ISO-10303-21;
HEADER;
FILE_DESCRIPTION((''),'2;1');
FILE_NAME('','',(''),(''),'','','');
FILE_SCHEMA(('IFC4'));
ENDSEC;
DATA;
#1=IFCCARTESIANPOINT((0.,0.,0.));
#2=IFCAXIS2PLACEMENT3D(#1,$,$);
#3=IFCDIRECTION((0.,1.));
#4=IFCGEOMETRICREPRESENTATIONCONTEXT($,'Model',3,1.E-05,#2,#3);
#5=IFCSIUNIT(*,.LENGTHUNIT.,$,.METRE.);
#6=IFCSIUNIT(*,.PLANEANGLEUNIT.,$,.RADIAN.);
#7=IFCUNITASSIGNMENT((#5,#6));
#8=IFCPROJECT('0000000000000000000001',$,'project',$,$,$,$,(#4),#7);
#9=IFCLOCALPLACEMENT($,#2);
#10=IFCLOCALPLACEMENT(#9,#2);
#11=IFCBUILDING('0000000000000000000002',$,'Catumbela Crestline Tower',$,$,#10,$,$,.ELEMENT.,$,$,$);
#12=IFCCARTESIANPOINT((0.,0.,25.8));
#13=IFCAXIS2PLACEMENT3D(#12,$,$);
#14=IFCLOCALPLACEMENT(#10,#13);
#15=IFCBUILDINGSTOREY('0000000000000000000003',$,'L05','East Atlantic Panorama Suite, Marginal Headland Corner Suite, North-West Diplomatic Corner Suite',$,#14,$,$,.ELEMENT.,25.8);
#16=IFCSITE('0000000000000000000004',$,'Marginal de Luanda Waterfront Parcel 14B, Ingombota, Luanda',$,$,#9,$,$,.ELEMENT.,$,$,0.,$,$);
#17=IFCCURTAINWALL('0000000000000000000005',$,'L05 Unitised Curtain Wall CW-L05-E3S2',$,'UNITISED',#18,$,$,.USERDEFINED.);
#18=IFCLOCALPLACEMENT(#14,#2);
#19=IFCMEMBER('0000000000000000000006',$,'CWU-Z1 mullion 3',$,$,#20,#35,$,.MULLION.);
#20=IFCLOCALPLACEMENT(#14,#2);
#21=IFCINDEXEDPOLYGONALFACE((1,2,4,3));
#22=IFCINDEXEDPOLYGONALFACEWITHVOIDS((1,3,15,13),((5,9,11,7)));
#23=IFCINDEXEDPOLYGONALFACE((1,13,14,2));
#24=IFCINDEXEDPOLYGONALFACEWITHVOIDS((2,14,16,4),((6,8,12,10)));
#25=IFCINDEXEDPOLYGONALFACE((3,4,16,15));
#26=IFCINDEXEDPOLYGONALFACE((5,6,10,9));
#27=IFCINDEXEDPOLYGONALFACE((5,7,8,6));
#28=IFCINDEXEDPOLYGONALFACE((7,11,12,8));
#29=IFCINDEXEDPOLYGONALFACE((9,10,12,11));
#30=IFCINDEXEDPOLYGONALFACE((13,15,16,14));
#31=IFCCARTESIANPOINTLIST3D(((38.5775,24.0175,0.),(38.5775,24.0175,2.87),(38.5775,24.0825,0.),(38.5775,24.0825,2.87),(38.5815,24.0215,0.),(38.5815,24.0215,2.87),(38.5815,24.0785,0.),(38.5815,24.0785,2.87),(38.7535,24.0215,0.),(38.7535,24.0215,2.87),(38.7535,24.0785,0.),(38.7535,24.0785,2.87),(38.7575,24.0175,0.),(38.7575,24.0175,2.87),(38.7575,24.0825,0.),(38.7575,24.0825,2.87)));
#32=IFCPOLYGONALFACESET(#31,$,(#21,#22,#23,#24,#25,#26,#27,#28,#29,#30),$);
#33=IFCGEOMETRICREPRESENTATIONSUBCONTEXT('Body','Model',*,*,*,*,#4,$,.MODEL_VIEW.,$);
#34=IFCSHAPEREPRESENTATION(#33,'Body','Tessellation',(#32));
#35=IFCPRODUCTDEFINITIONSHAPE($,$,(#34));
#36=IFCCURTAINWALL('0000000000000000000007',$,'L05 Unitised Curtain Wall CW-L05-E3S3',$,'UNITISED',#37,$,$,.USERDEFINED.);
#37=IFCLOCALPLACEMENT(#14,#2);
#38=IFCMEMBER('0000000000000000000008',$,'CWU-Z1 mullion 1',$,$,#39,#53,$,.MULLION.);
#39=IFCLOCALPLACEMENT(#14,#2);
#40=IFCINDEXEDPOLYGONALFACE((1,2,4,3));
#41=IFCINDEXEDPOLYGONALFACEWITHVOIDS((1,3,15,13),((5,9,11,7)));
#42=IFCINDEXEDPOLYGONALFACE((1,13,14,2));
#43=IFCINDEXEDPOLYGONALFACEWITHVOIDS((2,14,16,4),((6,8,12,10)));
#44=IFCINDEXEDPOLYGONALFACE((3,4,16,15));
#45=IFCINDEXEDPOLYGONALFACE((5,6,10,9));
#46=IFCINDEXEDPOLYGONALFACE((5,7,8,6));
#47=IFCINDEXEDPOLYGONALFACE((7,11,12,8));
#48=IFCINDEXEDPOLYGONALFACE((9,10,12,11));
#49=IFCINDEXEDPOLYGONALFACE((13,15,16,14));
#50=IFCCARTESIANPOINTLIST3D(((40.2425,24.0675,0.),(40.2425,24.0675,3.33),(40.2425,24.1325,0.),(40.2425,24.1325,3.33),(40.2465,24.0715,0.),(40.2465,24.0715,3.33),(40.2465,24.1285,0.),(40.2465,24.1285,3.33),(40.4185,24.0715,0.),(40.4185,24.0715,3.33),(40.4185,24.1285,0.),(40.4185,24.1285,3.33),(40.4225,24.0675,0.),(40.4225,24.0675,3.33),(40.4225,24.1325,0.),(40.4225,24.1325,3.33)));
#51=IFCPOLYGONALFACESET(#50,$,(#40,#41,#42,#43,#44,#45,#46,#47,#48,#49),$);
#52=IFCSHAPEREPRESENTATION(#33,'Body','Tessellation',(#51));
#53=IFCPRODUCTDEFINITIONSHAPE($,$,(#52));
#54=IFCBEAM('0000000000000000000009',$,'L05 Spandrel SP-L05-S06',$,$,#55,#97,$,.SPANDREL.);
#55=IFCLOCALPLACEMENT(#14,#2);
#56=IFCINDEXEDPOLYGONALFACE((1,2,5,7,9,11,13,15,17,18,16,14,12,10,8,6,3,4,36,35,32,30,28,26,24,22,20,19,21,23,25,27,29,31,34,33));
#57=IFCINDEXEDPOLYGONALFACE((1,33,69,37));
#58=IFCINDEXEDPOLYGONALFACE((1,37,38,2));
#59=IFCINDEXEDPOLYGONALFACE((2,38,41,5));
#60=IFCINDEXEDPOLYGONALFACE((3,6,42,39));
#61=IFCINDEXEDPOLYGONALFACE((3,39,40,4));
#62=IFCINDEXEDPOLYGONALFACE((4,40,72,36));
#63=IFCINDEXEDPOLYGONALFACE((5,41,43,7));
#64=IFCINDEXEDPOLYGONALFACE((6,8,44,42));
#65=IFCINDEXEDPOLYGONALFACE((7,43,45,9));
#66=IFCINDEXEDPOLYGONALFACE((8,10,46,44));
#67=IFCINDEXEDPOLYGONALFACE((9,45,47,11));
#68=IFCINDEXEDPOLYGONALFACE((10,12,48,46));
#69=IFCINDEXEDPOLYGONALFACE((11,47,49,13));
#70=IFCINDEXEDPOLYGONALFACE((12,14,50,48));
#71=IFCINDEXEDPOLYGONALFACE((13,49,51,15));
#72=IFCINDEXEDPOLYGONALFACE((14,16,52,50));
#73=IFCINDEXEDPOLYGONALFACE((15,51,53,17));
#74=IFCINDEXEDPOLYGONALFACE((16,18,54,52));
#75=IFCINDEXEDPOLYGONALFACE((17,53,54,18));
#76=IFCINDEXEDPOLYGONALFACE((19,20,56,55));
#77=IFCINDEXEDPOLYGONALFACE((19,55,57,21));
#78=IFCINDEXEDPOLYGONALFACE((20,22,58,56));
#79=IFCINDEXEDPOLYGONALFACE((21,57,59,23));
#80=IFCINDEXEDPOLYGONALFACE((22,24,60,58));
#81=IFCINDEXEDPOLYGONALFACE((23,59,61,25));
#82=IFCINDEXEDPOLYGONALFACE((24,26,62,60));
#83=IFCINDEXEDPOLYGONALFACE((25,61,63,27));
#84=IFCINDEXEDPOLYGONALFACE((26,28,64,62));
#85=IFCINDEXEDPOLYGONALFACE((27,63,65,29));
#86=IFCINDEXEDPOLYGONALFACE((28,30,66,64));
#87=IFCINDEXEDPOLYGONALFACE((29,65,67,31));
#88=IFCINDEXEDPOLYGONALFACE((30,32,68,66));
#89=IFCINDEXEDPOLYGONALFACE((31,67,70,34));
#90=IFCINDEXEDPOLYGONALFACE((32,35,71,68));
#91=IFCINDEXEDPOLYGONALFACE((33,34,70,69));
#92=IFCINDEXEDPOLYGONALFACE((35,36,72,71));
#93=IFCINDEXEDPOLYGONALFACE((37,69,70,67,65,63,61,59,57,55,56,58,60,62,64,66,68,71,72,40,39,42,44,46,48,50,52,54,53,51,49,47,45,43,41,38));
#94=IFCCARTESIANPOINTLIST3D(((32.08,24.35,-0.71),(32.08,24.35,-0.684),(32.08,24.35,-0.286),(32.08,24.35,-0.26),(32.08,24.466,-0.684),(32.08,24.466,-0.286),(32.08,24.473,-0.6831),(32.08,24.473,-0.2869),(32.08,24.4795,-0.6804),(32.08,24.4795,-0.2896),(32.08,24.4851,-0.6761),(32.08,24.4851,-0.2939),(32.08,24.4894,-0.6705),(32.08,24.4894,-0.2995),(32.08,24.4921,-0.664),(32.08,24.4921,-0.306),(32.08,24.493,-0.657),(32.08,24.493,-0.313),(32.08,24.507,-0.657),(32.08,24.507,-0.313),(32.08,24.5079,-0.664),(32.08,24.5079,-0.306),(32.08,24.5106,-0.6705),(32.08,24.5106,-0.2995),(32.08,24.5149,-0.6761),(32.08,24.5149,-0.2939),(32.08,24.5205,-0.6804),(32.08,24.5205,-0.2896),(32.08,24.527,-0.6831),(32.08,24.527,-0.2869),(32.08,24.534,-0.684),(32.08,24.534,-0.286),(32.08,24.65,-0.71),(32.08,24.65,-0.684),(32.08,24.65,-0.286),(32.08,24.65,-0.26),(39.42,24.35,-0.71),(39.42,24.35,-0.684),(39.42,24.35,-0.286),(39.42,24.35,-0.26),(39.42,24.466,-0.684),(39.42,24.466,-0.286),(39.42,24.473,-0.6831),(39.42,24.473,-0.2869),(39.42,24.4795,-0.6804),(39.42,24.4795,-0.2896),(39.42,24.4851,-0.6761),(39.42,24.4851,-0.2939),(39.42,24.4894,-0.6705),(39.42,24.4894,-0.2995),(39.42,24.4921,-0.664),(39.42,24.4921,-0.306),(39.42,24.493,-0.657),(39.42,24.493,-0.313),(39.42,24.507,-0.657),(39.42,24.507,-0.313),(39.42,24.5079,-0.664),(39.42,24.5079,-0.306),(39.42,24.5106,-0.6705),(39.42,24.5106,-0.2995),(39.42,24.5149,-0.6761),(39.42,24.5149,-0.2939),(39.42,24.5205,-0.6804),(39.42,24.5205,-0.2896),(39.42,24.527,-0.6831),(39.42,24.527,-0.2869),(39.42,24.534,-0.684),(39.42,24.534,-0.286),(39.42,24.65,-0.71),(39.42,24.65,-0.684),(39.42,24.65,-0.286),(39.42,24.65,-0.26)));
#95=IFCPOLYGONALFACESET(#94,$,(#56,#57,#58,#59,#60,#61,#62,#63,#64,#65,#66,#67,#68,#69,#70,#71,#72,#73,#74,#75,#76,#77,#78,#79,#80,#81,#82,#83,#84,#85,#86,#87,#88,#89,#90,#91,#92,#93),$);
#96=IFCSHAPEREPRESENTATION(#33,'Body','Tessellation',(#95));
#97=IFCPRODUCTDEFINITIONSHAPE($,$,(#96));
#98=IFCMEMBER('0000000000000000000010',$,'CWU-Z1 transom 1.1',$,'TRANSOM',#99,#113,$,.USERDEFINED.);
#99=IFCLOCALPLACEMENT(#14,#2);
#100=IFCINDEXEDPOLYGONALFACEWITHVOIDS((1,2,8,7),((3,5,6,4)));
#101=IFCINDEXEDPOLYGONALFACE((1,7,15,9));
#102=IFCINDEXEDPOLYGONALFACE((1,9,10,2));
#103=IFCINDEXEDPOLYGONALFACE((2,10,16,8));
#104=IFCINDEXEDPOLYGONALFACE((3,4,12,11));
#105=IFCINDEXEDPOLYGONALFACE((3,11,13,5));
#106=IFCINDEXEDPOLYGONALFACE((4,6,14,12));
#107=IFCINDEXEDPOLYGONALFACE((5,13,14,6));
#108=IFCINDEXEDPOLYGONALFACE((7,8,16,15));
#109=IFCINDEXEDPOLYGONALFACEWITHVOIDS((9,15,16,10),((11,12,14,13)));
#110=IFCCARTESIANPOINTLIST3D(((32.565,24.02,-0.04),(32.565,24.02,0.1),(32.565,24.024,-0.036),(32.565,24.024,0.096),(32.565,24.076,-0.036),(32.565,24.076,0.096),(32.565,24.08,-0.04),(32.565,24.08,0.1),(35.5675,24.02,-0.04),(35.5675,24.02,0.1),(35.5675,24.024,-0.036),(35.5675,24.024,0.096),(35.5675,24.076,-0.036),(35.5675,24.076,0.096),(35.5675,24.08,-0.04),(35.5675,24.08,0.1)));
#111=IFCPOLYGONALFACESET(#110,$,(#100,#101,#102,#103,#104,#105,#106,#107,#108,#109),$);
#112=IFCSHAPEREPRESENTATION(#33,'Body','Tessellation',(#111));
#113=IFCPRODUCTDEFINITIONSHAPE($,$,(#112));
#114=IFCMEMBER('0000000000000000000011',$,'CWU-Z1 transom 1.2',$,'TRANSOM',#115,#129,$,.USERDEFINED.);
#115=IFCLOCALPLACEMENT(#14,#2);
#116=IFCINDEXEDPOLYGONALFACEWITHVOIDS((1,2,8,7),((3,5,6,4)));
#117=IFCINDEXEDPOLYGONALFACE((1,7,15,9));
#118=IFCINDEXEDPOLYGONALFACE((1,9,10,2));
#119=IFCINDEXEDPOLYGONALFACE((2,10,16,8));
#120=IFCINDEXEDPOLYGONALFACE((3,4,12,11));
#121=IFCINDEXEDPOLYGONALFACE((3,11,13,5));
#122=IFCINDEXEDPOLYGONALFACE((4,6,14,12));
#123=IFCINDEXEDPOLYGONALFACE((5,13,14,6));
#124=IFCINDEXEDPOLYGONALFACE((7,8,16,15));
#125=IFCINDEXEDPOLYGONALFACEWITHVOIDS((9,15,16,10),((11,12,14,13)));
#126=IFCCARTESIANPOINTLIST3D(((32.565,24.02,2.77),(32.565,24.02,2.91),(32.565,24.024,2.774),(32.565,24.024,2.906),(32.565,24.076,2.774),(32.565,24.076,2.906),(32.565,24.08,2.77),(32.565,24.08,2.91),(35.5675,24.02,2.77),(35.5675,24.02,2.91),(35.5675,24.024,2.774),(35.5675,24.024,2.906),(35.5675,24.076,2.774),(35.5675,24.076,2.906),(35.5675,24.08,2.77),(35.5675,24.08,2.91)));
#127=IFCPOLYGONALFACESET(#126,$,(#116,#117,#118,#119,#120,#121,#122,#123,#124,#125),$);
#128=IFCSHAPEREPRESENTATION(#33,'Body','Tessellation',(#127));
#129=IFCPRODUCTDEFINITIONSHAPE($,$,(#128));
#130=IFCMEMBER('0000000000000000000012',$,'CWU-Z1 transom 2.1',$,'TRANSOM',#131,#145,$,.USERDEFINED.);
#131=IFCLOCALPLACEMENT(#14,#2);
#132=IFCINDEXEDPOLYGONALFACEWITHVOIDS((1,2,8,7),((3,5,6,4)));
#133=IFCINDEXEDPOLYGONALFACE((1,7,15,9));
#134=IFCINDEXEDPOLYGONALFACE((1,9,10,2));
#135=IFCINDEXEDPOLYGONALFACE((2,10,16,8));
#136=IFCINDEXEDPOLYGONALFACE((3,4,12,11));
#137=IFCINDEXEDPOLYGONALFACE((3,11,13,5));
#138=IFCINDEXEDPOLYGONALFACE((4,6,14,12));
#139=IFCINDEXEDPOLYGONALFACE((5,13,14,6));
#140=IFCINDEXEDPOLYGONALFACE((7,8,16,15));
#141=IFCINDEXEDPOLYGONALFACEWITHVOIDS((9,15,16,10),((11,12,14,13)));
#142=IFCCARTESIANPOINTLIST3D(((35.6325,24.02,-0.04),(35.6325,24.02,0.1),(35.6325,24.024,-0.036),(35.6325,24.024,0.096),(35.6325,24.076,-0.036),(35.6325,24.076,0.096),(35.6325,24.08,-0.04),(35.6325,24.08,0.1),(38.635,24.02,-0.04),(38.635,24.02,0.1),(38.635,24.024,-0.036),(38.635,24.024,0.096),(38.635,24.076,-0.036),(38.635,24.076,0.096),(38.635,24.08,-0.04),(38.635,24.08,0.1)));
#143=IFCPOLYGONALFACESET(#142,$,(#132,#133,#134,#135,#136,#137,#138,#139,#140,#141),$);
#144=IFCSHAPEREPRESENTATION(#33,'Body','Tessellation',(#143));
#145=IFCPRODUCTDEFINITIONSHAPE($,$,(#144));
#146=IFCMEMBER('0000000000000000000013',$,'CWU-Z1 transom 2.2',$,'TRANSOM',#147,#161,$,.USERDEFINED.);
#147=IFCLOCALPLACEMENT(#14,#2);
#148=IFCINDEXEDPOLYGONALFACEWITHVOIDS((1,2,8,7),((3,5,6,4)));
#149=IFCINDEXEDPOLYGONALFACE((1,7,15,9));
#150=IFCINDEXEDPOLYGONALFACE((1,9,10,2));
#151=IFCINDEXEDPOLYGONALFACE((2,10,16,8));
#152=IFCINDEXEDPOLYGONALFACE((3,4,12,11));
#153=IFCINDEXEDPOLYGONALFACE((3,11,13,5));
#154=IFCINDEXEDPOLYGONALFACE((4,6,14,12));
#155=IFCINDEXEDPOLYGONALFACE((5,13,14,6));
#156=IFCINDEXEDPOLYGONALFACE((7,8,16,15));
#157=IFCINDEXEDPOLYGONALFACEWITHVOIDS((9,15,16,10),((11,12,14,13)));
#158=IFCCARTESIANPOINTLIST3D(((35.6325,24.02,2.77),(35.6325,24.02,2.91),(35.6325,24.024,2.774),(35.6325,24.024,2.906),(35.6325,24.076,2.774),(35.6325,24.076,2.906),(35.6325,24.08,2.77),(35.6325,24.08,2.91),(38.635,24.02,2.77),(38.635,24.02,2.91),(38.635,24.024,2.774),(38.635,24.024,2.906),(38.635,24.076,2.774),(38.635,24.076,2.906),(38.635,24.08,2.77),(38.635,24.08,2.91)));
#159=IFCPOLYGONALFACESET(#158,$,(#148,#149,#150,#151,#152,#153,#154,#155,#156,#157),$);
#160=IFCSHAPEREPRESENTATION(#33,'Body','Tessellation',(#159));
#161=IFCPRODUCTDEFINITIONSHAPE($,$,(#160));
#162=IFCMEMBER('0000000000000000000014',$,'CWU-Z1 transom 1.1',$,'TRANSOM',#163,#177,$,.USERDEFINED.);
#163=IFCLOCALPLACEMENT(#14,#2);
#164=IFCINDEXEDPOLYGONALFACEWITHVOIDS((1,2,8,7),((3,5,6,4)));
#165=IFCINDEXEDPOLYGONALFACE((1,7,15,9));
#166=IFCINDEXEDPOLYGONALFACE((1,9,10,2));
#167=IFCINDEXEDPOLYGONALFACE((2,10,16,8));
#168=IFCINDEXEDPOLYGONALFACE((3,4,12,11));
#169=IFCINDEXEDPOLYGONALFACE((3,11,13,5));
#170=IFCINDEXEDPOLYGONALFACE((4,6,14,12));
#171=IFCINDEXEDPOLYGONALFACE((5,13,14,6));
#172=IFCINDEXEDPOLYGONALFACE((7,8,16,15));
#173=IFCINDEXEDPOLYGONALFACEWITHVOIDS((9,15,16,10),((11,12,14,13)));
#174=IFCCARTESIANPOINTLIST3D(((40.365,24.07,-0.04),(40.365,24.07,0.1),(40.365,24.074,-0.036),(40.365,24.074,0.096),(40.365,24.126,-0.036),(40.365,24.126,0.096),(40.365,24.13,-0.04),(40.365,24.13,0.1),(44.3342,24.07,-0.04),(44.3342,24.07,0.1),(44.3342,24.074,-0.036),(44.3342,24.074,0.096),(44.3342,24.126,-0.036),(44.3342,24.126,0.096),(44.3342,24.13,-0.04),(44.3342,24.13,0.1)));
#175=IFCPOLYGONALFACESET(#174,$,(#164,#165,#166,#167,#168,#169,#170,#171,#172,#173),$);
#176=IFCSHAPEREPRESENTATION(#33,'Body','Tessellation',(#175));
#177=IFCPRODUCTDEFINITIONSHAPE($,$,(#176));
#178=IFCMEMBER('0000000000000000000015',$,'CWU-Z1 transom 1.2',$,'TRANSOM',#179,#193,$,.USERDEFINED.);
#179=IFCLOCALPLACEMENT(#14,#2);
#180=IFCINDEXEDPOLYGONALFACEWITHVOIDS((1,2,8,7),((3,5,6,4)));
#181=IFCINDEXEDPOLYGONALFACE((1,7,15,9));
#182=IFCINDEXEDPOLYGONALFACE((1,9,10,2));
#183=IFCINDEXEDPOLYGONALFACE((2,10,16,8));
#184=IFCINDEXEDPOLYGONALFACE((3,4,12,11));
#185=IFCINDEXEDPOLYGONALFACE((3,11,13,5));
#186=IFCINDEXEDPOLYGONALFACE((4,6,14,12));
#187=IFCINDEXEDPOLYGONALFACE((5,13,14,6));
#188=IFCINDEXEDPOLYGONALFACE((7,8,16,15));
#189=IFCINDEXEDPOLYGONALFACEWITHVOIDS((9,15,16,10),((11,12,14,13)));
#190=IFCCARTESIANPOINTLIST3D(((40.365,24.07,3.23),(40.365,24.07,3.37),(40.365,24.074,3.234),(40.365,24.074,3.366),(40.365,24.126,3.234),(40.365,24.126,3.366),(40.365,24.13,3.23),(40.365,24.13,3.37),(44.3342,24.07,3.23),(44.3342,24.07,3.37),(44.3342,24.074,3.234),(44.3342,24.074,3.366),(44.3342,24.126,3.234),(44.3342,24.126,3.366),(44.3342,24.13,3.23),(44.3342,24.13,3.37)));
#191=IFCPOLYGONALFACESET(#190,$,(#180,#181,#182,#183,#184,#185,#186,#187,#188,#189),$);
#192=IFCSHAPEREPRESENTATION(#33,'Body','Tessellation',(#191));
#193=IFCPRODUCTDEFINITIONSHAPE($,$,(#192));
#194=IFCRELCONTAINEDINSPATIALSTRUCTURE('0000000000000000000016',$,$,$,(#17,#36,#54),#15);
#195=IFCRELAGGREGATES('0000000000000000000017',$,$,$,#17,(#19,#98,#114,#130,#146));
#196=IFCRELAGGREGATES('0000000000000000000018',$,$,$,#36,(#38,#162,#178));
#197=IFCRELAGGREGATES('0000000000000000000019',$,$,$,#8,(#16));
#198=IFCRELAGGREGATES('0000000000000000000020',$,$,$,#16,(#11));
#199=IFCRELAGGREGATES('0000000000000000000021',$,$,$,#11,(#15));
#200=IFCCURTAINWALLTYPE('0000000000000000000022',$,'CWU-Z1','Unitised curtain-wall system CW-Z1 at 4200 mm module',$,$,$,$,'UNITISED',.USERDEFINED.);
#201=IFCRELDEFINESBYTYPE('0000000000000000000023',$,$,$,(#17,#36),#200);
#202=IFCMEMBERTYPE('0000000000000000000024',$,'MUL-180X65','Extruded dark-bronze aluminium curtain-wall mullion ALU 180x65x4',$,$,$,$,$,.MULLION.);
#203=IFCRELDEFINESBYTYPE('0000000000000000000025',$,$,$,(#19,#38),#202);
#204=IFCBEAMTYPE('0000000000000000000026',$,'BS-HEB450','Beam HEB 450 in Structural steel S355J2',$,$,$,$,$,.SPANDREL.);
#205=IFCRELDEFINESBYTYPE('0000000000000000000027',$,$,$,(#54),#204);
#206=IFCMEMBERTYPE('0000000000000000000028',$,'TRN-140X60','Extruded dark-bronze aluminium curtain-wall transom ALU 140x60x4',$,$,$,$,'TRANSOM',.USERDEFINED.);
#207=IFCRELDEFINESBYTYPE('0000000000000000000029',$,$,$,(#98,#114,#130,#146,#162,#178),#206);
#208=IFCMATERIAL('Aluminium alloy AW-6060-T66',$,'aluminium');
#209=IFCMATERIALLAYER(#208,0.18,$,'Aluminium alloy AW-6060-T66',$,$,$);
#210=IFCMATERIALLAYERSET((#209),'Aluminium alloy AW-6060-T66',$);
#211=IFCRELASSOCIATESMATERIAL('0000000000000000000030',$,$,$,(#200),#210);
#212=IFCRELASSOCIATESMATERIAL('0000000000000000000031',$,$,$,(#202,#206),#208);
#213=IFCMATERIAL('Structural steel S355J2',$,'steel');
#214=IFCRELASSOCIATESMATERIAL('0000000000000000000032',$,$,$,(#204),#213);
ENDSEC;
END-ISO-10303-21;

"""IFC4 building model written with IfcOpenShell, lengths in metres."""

from ifc_helpers import new_model, si_unit, direction, frame, origin, origin_2d, place, context, subcontext, project, spatial, hollow_rectangle, i_section, extrude, material, layer, layer_set, material_profile, profile_set, type_object, element, aggregate, save


model = new_model("IFC4")

# Units and contexts
model_context = context("Model", 3, precision=1e-05, world=origin(), true_north=direction((0.0, 1.0)))
body_context = subcontext(model_context, "Body", "Model", "MODEL_VIEW")
ifc_project = project(units=[si_unit("LENGTHUNIT", "METRE"), si_unit("PLANEANGLEUNIT", "RADIAN")], contexts=[model_context])

# Site, building, storey
site_placement = place(None, origin())
site = spatial("IfcSite", under=ifc_project, at=site_placement, Name="Marginal de Luanda Waterfront Parcel 14B, Ingombota, Luanda", CompositionType="ELEMENT", RefElevation=0.0)
building_placement = place(site_placement, origin())
building = spatial("IfcBuilding", under=site, at=building_placement, Name="Catumbela Crestline Tower", CompositionType="ELEMENT")
storey_placement = place(building_placement, frame((0.0, 0.0, 25.8)))
storey = spatial("IfcBuildingStorey", under=building, at=storey_placement, Name="L05", Description="East Atlantic Panorama Suite, Marginal Headland Corner Suite, North-West Diplomatic Corner Suite", CompositionType="ELEMENT", Elevation=25.8)

# Shared definitions
ifc_material_1 = material(Name="Structural steel S355J2", Category="steel")

# Curtain wall, member
ifc_material_2 = material(Name="Aluminium alloy AW-6060-T66", Category="aluminium")
ifc_layer_1 = layer(ifc_material_2, 0.18, Name="Aluminium alloy AW-6060-T66")
ifc_layer_set_1 = layer_set([ifc_layer_1], Name="Aluminium alloy AW-6060-T66")
curtain_wall_type = type_object("IfcCurtainWallType", Name="CWU-Z1", Description="Unitised curtain-wall system CW-Z1 at 4200 mm module", ElementType="UNITISED", PredefinedType="USERDEFINED", material=ifc_layer_set_1)
curtain_wall_1_placement = place(storey_placement, origin())
curtain_wall_1 = element("IfcCurtainWall", 1, at=curtain_wall_1_placement, inside=storey, type_object=curtain_wall_type, Name="L05 Unitised Curtain Wall CW-L05-E3S2", ObjectType="UNITISED", PredefinedType="USERDEFINED")
ifc_material_profile_1 = material_profile(ifc_material_2, hollow_rectangle(XDim=0.065, YDim=0.18, WallThickness=0.004, at=origin_2d()), Name="ALU 180x65x4")
ifc_profile_set_1 = profile_set([ifc_material_profile_1], Name="Aluminium alloy AW-6060-T66")
member_type_1 = type_object("IfcMemberType", Name="MUL-180X65", Description="Extruded dark-bronze aluminium curtain-wall mullion ALU 180x65x4", PredefinedType="MULLION", material=ifc_profile_set_1)
member_1_placement = place(storey_placement, frame((38.6675, 24.05, 0.0), z_axis=(0.0, 0.0, 1.0), x_axis=(0.0, 1.0, 0.0)))
member_1 = element("IfcMember", 2, at=member_1_placement, type_object=member_type_1, Name="CWU-Z1 mullion 3", PredefinedType="MULLION", context=body_context, shape_type="SweptSolid", body=[
    extrude(hollow_rectangle(XDim=0.065, YDim=0.18, WallThickness=0.004, at=origin_2d()), origin(), (0.0, 0.0, 1.0), 2.87),
])

# Curtain wall, member
curtain_wall_2_placement = place(storey_placement, origin())
curtain_wall_2 = element("IfcCurtainWall", 3, at=curtain_wall_2_placement, inside=storey, type_object=curtain_wall_type, Name="L05 Unitised Curtain Wall CW-L05-E3S3", ObjectType="UNITISED", PredefinedType="USERDEFINED")
member_2_placement = place(storey_placement, frame((40.3325, 24.1, 0.0), z_axis=(0.0, 0.0, 1.0), x_axis=(0.0, 1.0, 0.0)))
member_2 = element("IfcMember", 4, at=member_2_placement, type_object=member_type_1, Name="CWU-Z1 mullion 1", PredefinedType="MULLION", context=body_context, shape_type="SweptSolid", body=[
    extrude(hollow_rectangle(XDim=0.065, YDim=0.18, WallThickness=0.004, at=origin_2d()), origin(), (0.0, 0.0, 1.0), 3.33),
])

# Beam
ifc_material_profile_2 = material_profile(ifc_material_1, i_section(OverallWidth=0.3, OverallDepth=0.45, WebThickness=0.014, FlangeThickness=0.026, FilletRadius=0.027, at=origin_2d()), Name="HEB 450")
ifc_profile_set_2 = profile_set([ifc_material_profile_2], Name="Structural steel S355J2")
beam_type_1 = type_object("IfcBeamType", Name="BS-HEB450", Description="Beam HEB 450 in Structural steel S355J2", PredefinedType="SPANDREL", material=ifc_profile_set_2)
beam_1_placement = place(storey_placement, frame((32.08, 24.5, -0.485), z_axis=(1.0, 0.0, 0.0), x_axis=(0.0, 1.0, 0.0)))
element("IfcBeam", 5, at=beam_1_placement, inside=storey, type_object=beam_type_1, Name="L05 Spandrel SP-L05-S06", PredefinedType="SPANDREL", context=body_context, shape_type="SweptSolid", body=[
    extrude(i_section(OverallWidth=0.3, OverallDepth=0.45, WebThickness=0.014, FlangeThickness=0.026, FilletRadius=0.027, at=origin_2d()), origin(), (0.0, 0.0, 1.0), 7.34),
])

# Members
ifc_material_profile_3 = material_profile(ifc_material_2, hollow_rectangle(XDim=0.06, YDim=0.14, WallThickness=0.004, at=origin_2d()), Name="ALU 140x60x4")
ifc_profile_set_3 = profile_set([ifc_material_profile_3], Name="Aluminium alloy AW-6060-T66")
member_type_2 = type_object("IfcMemberType", Name="TRN-140X60", Description="Extruded dark-bronze aluminium curtain-wall transom ALU 140x60x4", ElementType="TRANSOM", PredefinedType="USERDEFINED", material=ifc_profile_set_3)
member_3_placement = place(storey_placement, frame((32.565, 24.05, 0.03), z_axis=(1.0, 0.0, 0.0), x_axis=(0.0, 1.0, 0.0)))
member_3 = element("IfcMember", 6, at=member_3_placement, type_object=member_type_2, Name="CWU-Z1 transom 1.1", ObjectType="TRANSOM", PredefinedType="USERDEFINED", context=body_context, shape_type="SweptSolid", body=[
    extrude(hollow_rectangle(XDim=0.06, YDim=0.14, WallThickness=0.004, at=origin_2d()), origin(), (0.0, 0.0, 1.0), 3.0025),
])
member_4_placement = place(storey_placement, frame((32.565, 24.05, 2.84), z_axis=(1.0, 0.0, 0.0), x_axis=(0.0, 1.0, 0.0)))
member_4 = element("IfcMember", 7, at=member_4_placement, type_object=member_type_2, Name="CWU-Z1 transom 1.2", ObjectType="TRANSOM", PredefinedType="USERDEFINED", context=body_context, shape_type="SweptSolid", body=[
    extrude(hollow_rectangle(XDim=0.06, YDim=0.14, WallThickness=0.004, at=origin_2d()), origin(), (0.0, 0.0, 1.0), 3.0025),
])
member_5_placement = place(storey_placement, frame((35.6325, 24.05, 0.03), z_axis=(1.0, 0.0, 0.0), x_axis=(0.0, 1.0, 0.0)))
member_5 = element("IfcMember", 8, at=member_5_placement, type_object=member_type_2, Name="CWU-Z1 transom 2.1", ObjectType="TRANSOM", PredefinedType="USERDEFINED", context=body_context, shape_type="SweptSolid", body=[
    extrude(hollow_rectangle(XDim=0.06, YDim=0.14, WallThickness=0.004, at=origin_2d()), origin(), (0.0, 0.0, 1.0), 3.0025),
])
member_6_placement = place(storey_placement, frame((35.6325, 24.05, 2.84), z_axis=(1.0, 0.0, 0.0), x_axis=(0.0, 1.0, 0.0)))
member_6 = element("IfcMember", 9, at=member_6_placement, type_object=member_type_2, Name="CWU-Z1 transom 2.2", ObjectType="TRANSOM", PredefinedType="USERDEFINED", context=body_context, shape_type="SweptSolid", body=[
    extrude(hollow_rectangle(XDim=0.06, YDim=0.14, WallThickness=0.004, at=origin_2d()), origin(), (0.0, 0.0, 1.0), 3.0025),
])
member_7_placement = place(storey_placement, frame((40.365, 24.1, 0.03), z_axis=(1.0, 0.0, 0.0), x_axis=(0.0, 1.0, 0.0)))
member_7 = element("IfcMember", 10, at=member_7_placement, type_object=member_type_2, Name="CWU-Z1 transom 1.1", ObjectType="TRANSOM", PredefinedType="USERDEFINED", context=body_context, shape_type="SweptSolid", body=[
    extrude(hollow_rectangle(XDim=0.06, YDim=0.14, WallThickness=0.004, at=origin_2d()), origin(), (0.0, 0.0, 1.0), 3.9692),
])
member_8_placement = place(storey_placement, frame((40.365, 24.1, 3.3), z_axis=(1.0, 0.0, 0.0), x_axis=(0.0, 1.0, 0.0)))
member_8 = element("IfcMember", 11, at=member_8_placement, type_object=member_type_2, Name="CWU-Z1 transom 1.2", ObjectType="TRANSOM", PredefinedType="USERDEFINED", context=body_context, shape_type="SweptSolid", body=[
    extrude(hollow_rectangle(XDim=0.06, YDim=0.14, WallThickness=0.004, at=origin_2d()), origin(), (0.0, 0.0, 1.0), 3.9692),
])

aggregate(curtain_wall_1, [member_1, member_3, member_4, member_5, member_6])
aggregate(curtain_wall_2, [member_2, member_7, member_8])

save(model, "model.ifc")
